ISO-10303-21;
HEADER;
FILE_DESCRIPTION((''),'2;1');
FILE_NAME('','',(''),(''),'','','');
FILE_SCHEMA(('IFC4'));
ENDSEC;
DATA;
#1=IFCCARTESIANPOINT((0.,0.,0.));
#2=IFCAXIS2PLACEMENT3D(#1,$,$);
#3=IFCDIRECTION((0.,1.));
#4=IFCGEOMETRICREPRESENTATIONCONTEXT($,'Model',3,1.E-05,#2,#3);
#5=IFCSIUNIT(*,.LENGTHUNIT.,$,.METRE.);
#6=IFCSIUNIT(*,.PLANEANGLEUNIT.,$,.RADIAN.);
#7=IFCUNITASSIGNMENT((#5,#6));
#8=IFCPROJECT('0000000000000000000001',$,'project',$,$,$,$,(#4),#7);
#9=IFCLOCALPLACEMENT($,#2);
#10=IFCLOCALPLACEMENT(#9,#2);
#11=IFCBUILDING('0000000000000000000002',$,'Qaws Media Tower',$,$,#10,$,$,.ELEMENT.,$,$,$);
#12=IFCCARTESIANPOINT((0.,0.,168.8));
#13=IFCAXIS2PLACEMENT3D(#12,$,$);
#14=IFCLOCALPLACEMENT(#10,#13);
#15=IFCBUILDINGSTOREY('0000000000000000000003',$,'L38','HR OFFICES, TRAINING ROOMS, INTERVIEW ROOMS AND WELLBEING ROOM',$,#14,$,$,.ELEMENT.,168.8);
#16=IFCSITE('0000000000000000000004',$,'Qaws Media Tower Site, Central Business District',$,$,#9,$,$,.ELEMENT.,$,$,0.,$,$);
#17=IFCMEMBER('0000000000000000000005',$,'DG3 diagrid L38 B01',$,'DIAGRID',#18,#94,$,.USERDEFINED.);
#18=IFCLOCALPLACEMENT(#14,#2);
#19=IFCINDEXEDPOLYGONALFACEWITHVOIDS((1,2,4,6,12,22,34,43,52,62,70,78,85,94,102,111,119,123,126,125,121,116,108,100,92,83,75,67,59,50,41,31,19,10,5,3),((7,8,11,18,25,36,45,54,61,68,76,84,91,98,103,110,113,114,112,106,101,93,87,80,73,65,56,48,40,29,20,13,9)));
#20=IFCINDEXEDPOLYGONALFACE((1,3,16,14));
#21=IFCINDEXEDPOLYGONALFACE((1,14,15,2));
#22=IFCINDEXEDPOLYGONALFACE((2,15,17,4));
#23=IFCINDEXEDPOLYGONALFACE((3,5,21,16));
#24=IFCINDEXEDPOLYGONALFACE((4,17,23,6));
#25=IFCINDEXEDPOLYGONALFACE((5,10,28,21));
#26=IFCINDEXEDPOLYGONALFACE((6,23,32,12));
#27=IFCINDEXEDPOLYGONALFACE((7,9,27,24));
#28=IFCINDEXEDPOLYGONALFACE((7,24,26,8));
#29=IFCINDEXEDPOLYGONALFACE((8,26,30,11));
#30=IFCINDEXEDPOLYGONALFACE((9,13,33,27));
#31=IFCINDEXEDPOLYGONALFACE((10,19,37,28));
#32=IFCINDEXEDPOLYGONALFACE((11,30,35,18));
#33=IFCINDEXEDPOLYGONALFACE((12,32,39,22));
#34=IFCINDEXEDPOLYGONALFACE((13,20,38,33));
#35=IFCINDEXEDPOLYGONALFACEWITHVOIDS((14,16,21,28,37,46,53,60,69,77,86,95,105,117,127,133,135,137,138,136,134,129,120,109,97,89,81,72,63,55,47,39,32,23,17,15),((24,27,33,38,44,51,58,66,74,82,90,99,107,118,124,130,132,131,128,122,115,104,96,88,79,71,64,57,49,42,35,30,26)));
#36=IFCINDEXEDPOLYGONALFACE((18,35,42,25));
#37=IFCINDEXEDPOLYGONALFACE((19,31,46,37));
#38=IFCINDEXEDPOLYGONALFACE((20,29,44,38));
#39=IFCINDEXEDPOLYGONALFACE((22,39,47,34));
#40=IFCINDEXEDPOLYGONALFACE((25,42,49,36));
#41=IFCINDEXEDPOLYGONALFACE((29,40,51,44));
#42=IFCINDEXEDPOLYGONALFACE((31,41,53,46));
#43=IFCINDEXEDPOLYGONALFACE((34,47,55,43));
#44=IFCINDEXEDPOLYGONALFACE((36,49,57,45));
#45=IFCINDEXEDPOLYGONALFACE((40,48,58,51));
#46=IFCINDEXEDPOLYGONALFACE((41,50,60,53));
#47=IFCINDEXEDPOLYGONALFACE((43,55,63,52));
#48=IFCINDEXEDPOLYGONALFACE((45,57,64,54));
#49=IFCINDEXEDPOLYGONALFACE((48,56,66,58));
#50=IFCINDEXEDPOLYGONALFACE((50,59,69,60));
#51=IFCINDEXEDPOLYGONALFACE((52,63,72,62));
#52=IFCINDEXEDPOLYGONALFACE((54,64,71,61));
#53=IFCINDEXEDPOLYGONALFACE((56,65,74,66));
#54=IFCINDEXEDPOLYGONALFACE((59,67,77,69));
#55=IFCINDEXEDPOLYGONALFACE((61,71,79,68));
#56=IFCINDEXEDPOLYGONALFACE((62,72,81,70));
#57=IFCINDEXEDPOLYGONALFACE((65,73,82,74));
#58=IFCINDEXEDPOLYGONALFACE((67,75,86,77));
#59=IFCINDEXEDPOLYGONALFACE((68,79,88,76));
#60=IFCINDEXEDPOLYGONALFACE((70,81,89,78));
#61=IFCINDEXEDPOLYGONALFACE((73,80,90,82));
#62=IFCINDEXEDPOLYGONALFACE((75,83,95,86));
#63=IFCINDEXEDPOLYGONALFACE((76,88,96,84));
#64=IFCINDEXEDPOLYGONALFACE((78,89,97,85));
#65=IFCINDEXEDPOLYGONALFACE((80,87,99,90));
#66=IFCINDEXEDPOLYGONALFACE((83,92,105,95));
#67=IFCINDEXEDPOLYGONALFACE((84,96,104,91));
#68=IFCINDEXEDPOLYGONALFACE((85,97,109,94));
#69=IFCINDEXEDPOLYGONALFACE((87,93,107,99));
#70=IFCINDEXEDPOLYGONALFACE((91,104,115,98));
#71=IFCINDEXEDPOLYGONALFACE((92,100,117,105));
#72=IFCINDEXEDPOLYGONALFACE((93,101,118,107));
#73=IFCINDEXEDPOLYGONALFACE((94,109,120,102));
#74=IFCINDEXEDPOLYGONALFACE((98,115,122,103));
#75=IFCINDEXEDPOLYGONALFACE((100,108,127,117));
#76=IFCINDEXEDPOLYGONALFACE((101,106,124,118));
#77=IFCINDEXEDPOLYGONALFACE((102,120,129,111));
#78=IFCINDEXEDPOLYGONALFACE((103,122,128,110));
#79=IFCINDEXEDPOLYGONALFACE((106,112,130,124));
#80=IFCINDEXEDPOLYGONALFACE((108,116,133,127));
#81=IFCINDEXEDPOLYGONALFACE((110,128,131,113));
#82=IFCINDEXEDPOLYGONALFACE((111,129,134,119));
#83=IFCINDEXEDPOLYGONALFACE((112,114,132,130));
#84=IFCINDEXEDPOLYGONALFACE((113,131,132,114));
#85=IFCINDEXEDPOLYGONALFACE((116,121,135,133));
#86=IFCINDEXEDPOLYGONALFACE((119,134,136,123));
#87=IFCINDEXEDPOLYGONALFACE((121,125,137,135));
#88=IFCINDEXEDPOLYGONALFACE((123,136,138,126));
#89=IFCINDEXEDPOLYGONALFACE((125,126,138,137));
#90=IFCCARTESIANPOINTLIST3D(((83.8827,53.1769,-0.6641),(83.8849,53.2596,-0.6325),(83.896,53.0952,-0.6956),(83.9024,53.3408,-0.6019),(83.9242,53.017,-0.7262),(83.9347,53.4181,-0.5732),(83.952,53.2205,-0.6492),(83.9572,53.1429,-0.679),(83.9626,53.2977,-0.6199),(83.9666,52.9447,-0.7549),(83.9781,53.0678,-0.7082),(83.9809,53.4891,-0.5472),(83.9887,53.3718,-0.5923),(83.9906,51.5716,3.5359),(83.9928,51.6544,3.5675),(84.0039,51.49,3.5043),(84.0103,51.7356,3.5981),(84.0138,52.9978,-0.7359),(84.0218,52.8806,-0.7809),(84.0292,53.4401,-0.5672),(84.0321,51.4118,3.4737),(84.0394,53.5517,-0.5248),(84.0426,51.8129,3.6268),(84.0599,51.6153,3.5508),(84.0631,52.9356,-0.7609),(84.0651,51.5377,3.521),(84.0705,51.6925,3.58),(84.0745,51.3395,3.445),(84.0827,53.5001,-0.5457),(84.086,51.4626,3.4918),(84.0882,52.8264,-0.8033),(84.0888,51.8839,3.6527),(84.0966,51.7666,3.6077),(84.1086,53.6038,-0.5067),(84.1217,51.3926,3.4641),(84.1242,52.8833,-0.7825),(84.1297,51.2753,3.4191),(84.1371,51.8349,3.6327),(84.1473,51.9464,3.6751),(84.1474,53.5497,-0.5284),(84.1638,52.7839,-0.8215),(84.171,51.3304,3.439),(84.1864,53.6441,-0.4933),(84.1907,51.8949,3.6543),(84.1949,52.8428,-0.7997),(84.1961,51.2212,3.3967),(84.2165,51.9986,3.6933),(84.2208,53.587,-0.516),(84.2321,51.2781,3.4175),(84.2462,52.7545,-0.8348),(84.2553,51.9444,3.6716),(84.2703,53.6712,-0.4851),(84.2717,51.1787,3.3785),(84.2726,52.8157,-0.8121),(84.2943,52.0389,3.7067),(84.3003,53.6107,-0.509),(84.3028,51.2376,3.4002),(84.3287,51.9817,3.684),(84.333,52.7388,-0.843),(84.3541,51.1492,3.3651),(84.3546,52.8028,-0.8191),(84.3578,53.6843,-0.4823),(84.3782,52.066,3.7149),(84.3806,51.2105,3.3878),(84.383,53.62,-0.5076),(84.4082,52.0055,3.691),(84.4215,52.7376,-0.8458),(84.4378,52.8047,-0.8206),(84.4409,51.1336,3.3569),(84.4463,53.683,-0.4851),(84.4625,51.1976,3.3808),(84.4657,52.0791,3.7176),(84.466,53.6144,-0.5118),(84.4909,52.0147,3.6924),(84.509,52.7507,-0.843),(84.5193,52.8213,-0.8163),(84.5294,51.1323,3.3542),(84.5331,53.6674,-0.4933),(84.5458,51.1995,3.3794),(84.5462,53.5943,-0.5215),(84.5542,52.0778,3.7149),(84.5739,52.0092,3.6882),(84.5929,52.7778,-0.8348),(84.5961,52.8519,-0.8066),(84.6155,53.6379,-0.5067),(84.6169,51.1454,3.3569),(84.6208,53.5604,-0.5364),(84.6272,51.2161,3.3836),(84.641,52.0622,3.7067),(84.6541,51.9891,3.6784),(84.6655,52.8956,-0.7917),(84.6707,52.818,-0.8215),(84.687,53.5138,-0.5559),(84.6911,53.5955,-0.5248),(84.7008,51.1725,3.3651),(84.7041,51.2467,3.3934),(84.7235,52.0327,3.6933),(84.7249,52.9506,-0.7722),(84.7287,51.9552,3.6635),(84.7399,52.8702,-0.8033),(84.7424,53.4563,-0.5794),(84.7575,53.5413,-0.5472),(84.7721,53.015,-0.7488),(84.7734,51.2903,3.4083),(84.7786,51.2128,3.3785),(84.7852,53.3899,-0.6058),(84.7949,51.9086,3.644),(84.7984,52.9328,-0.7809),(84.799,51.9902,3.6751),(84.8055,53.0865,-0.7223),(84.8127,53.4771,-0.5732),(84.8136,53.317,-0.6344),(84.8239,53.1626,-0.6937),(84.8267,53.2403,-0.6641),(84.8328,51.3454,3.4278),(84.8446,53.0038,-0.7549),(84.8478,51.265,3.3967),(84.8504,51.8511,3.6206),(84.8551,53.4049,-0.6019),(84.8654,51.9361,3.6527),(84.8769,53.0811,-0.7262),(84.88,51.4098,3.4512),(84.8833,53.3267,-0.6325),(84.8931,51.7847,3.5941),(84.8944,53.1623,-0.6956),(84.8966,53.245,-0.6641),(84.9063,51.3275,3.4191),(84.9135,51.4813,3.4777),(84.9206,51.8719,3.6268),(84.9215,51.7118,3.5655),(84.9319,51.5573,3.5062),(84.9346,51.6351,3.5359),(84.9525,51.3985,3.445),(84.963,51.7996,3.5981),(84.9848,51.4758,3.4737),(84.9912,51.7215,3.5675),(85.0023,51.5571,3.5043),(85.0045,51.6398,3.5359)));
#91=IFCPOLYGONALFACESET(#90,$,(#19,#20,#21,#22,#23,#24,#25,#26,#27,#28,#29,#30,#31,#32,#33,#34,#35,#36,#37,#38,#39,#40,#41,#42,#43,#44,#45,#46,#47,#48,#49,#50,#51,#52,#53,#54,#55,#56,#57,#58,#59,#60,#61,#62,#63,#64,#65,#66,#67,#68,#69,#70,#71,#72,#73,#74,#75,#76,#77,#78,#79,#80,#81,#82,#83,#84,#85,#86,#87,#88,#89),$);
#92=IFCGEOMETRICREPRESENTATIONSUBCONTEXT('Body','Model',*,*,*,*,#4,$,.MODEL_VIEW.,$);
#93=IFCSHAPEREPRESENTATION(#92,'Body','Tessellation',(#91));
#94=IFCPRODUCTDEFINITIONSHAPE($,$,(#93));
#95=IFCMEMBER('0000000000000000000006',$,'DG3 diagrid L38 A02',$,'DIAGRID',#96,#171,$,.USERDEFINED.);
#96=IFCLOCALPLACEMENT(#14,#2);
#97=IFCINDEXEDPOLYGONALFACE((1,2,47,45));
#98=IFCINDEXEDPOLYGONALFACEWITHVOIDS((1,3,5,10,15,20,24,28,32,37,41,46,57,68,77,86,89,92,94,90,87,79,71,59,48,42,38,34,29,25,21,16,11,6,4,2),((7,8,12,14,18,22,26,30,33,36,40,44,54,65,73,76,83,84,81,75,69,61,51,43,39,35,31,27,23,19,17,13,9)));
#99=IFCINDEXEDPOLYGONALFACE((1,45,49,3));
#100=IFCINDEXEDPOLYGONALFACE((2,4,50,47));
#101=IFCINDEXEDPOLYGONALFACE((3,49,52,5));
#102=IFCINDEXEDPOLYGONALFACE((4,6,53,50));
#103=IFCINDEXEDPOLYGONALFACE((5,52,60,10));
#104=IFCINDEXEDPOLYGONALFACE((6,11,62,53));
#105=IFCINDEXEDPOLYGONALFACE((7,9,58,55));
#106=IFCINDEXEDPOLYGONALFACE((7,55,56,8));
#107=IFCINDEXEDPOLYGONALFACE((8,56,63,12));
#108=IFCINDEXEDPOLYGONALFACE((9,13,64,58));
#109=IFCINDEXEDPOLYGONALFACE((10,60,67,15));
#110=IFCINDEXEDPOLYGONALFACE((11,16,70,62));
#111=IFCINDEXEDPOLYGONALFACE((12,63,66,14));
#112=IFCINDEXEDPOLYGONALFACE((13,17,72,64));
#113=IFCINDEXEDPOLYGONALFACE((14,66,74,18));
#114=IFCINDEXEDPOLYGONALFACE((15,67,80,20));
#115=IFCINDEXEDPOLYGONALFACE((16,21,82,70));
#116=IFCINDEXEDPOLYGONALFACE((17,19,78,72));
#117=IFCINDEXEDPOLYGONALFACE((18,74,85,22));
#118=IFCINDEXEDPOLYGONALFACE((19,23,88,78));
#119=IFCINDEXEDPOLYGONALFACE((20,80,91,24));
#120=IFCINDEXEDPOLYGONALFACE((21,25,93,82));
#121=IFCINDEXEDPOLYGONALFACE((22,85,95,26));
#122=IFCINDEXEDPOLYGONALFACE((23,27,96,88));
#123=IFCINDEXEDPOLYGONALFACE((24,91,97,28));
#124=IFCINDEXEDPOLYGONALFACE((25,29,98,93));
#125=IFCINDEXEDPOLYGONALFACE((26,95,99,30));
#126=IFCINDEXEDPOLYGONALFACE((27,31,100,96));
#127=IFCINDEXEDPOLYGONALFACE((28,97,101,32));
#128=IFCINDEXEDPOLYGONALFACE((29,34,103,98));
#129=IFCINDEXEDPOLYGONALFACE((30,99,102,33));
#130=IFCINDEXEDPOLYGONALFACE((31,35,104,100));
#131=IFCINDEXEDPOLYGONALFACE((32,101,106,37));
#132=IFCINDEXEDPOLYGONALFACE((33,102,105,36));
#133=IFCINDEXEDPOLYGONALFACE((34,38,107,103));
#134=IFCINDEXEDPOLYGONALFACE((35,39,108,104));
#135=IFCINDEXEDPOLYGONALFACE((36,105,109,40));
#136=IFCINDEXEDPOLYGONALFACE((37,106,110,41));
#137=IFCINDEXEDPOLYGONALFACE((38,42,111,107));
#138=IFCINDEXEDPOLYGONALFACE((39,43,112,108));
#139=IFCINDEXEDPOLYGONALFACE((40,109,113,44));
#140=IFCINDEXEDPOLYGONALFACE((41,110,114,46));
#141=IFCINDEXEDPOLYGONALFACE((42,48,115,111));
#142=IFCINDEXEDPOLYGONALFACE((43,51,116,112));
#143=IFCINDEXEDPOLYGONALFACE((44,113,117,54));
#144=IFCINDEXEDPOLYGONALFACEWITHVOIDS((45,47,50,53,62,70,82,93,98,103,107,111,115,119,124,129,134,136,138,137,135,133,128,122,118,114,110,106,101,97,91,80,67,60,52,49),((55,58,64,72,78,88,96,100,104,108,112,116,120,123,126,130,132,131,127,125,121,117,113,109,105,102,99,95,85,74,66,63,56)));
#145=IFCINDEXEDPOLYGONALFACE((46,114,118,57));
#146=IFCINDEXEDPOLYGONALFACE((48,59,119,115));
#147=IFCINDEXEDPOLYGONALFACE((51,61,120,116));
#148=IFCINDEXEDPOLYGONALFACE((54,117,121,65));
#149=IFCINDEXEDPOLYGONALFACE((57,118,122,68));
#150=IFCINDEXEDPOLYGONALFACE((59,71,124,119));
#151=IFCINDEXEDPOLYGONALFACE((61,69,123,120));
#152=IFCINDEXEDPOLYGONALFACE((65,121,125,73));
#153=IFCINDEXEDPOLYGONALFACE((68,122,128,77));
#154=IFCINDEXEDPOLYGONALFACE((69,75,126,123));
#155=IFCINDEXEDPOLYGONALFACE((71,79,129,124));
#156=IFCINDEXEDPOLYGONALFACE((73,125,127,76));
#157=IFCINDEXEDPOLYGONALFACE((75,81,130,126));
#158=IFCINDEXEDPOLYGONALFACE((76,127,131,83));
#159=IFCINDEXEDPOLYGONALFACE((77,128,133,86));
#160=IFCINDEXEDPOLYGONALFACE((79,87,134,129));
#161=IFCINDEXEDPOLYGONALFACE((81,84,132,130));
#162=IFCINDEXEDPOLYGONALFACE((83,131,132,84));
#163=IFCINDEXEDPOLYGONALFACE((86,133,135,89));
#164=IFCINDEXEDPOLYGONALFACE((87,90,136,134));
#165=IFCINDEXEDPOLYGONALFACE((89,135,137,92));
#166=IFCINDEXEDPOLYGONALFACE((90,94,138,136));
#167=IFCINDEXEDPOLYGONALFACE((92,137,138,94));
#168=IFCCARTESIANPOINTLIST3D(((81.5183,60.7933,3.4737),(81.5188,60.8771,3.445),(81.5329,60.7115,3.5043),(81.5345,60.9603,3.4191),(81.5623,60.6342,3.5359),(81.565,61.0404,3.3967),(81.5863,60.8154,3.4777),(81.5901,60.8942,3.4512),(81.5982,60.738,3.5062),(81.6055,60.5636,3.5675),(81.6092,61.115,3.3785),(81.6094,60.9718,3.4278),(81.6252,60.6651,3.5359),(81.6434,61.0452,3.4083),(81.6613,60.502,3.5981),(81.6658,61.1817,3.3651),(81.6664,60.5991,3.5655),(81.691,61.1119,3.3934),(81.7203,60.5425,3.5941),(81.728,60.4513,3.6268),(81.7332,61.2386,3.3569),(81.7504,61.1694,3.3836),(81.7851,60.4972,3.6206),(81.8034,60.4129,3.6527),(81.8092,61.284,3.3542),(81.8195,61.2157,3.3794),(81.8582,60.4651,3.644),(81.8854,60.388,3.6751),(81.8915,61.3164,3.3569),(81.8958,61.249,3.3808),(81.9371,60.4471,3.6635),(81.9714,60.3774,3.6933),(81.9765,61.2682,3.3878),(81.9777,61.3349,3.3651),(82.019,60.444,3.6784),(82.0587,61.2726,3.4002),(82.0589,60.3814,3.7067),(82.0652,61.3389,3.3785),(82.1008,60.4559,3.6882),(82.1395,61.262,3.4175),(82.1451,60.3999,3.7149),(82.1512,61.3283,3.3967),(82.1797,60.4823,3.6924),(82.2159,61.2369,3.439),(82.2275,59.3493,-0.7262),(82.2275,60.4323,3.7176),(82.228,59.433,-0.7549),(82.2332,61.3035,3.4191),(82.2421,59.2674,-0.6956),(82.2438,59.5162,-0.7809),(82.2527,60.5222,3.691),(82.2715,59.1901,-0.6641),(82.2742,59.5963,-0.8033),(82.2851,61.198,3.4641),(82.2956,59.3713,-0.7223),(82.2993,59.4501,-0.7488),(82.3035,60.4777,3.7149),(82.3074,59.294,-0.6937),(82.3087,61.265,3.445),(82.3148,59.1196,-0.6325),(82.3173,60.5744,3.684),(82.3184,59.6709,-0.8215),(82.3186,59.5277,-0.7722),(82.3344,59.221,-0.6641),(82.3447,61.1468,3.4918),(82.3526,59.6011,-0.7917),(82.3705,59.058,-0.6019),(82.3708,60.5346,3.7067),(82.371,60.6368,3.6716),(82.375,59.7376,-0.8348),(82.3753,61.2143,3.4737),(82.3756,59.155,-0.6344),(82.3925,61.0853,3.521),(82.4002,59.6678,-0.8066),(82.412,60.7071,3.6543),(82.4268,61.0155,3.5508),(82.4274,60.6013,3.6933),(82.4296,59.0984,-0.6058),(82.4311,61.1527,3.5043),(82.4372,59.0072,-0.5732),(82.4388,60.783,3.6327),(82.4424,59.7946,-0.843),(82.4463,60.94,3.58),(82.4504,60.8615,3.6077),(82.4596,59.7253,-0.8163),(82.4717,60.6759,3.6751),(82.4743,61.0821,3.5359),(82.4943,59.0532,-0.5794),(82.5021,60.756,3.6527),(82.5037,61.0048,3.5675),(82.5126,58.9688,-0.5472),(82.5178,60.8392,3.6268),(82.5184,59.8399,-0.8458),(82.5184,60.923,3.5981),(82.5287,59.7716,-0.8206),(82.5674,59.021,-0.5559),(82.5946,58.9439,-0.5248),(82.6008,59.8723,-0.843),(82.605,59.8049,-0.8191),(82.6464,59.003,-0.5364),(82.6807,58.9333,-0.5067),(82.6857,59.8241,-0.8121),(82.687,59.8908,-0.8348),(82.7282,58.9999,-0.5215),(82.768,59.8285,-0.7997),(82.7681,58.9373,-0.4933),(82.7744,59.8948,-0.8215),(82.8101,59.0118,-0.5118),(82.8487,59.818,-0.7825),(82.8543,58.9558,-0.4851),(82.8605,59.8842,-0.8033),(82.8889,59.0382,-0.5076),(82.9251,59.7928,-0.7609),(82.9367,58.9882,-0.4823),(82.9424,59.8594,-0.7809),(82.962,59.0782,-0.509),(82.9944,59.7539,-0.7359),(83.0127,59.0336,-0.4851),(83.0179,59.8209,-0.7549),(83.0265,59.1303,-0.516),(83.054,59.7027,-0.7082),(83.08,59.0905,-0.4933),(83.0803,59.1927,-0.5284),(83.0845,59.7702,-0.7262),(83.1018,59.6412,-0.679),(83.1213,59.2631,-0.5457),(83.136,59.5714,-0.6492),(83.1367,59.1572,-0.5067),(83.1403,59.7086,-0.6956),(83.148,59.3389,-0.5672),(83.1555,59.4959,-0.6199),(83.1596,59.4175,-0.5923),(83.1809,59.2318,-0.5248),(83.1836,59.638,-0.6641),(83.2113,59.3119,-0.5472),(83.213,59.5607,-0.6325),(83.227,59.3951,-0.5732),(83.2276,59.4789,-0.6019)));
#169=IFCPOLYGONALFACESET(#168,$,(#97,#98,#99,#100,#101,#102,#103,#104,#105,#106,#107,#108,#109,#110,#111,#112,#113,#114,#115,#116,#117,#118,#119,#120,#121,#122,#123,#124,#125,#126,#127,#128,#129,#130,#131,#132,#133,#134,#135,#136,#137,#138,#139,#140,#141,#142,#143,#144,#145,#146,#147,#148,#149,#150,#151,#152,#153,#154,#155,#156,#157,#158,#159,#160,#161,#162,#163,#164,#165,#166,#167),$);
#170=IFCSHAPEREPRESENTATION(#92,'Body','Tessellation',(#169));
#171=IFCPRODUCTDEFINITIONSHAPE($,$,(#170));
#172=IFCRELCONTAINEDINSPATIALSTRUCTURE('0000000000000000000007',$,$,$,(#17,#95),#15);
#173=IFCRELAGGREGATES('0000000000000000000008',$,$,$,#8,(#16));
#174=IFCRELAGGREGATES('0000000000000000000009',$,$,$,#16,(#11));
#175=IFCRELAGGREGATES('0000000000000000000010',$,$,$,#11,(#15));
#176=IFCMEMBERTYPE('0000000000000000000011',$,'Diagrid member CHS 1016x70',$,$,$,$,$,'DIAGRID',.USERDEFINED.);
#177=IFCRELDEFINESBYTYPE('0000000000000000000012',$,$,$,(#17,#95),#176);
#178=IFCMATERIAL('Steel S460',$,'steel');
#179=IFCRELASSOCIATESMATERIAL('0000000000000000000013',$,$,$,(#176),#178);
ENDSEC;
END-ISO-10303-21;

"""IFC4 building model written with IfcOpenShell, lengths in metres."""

from ifc_helpers import new_model, si_unit, direction, frame, origin, origin_2d, place, context, subcontext, project, spatial, hollow_circle, extrude, material, material_profile, profile_set, type_object, element, save


model = new_model("IFC4")

# Units and contexts
model_context = context("Model", 3, precision=1e-05, world=origin(), true_north=direction((0.0, 1.0)))
body_context = subcontext(model_context, "Body", "Model", "MODEL_VIEW")
ifc_project = project(units=[si_unit("LENGTHUNIT", "METRE"), si_unit("PLANEANGLEUNIT", "RADIAN")], contexts=[model_context])

# Site, building, storey
site_placement = place(None, origin())
site = spatial("IfcSite", under=ifc_project, at=site_placement, Name="Qaws Media Tower Site, Central Business District", CompositionType="ELEMENT", RefElevation=0.0)
building_placement = place(site_placement, origin())
building = spatial("IfcBuilding", under=site, at=building_placement, Name="Qaws Media Tower", CompositionType="ELEMENT")
storey_placement = place(building_placement, frame((0.0, 0.0, 168.8)))
storey = spatial("IfcBuildingStorey", under=building, at=storey_placement, Name="L38", Description="HR OFFICES, TRAINING ROOMS, INTERVIEW ROOMS AND WELLBEING ROOM", CompositionType="ELEMENT", Elevation=168.8)

# Members
ifc_material_1 = material(Name="Steel S460", Category="steel")
ifc_material_profile_1 = material_profile(ifc_material_1, hollow_circle(Radius=0.5081, WallThickness=0.0701, at=origin_2d()), Name="CHS 1016x70")
ifc_profile_set_1 = profile_set([ifc_material_profile_1], Name="Steel S460")
member_type_1 = type_object("IfcMemberType", Name="Diagrid member CHS 1016x70", ElementType="DIAGRID", PredefinedType="USERDEFINED", material=ifc_profile_set_1)
for number, where, z_axis, x_axis, name in (
    (1, (84.3896, 53.2109, -0.6641), (0.023993, -0.356911, 0.93383), (0.997748, 0.067073, 0.0), "DG3 diagrid L38 B01"),
    (2, (82.7275, 59.4141, -0.6641), (-0.157692, 0.321084, 0.93383), (-0.897591, -0.440829, 0.0), "DG3 diagrid L38 A02"),
):
    element("IfcMember", number, at=place(storey_placement, frame(where, z_axis=z_axis, x_axis=x_axis)), inside=storey, type_object=member_type_1, Name=name, ObjectType="DIAGRID", PredefinedType="USERDEFINED", context=body_context, shape_type="SweptSolid", body=[
        extrude(hollow_circle(Radius=0.5081, WallThickness=0.0701, at=origin_2d()), origin(), (0.0, 0.0, 1.0), 4.4976),
    ])

save(model, "model.ifc")
